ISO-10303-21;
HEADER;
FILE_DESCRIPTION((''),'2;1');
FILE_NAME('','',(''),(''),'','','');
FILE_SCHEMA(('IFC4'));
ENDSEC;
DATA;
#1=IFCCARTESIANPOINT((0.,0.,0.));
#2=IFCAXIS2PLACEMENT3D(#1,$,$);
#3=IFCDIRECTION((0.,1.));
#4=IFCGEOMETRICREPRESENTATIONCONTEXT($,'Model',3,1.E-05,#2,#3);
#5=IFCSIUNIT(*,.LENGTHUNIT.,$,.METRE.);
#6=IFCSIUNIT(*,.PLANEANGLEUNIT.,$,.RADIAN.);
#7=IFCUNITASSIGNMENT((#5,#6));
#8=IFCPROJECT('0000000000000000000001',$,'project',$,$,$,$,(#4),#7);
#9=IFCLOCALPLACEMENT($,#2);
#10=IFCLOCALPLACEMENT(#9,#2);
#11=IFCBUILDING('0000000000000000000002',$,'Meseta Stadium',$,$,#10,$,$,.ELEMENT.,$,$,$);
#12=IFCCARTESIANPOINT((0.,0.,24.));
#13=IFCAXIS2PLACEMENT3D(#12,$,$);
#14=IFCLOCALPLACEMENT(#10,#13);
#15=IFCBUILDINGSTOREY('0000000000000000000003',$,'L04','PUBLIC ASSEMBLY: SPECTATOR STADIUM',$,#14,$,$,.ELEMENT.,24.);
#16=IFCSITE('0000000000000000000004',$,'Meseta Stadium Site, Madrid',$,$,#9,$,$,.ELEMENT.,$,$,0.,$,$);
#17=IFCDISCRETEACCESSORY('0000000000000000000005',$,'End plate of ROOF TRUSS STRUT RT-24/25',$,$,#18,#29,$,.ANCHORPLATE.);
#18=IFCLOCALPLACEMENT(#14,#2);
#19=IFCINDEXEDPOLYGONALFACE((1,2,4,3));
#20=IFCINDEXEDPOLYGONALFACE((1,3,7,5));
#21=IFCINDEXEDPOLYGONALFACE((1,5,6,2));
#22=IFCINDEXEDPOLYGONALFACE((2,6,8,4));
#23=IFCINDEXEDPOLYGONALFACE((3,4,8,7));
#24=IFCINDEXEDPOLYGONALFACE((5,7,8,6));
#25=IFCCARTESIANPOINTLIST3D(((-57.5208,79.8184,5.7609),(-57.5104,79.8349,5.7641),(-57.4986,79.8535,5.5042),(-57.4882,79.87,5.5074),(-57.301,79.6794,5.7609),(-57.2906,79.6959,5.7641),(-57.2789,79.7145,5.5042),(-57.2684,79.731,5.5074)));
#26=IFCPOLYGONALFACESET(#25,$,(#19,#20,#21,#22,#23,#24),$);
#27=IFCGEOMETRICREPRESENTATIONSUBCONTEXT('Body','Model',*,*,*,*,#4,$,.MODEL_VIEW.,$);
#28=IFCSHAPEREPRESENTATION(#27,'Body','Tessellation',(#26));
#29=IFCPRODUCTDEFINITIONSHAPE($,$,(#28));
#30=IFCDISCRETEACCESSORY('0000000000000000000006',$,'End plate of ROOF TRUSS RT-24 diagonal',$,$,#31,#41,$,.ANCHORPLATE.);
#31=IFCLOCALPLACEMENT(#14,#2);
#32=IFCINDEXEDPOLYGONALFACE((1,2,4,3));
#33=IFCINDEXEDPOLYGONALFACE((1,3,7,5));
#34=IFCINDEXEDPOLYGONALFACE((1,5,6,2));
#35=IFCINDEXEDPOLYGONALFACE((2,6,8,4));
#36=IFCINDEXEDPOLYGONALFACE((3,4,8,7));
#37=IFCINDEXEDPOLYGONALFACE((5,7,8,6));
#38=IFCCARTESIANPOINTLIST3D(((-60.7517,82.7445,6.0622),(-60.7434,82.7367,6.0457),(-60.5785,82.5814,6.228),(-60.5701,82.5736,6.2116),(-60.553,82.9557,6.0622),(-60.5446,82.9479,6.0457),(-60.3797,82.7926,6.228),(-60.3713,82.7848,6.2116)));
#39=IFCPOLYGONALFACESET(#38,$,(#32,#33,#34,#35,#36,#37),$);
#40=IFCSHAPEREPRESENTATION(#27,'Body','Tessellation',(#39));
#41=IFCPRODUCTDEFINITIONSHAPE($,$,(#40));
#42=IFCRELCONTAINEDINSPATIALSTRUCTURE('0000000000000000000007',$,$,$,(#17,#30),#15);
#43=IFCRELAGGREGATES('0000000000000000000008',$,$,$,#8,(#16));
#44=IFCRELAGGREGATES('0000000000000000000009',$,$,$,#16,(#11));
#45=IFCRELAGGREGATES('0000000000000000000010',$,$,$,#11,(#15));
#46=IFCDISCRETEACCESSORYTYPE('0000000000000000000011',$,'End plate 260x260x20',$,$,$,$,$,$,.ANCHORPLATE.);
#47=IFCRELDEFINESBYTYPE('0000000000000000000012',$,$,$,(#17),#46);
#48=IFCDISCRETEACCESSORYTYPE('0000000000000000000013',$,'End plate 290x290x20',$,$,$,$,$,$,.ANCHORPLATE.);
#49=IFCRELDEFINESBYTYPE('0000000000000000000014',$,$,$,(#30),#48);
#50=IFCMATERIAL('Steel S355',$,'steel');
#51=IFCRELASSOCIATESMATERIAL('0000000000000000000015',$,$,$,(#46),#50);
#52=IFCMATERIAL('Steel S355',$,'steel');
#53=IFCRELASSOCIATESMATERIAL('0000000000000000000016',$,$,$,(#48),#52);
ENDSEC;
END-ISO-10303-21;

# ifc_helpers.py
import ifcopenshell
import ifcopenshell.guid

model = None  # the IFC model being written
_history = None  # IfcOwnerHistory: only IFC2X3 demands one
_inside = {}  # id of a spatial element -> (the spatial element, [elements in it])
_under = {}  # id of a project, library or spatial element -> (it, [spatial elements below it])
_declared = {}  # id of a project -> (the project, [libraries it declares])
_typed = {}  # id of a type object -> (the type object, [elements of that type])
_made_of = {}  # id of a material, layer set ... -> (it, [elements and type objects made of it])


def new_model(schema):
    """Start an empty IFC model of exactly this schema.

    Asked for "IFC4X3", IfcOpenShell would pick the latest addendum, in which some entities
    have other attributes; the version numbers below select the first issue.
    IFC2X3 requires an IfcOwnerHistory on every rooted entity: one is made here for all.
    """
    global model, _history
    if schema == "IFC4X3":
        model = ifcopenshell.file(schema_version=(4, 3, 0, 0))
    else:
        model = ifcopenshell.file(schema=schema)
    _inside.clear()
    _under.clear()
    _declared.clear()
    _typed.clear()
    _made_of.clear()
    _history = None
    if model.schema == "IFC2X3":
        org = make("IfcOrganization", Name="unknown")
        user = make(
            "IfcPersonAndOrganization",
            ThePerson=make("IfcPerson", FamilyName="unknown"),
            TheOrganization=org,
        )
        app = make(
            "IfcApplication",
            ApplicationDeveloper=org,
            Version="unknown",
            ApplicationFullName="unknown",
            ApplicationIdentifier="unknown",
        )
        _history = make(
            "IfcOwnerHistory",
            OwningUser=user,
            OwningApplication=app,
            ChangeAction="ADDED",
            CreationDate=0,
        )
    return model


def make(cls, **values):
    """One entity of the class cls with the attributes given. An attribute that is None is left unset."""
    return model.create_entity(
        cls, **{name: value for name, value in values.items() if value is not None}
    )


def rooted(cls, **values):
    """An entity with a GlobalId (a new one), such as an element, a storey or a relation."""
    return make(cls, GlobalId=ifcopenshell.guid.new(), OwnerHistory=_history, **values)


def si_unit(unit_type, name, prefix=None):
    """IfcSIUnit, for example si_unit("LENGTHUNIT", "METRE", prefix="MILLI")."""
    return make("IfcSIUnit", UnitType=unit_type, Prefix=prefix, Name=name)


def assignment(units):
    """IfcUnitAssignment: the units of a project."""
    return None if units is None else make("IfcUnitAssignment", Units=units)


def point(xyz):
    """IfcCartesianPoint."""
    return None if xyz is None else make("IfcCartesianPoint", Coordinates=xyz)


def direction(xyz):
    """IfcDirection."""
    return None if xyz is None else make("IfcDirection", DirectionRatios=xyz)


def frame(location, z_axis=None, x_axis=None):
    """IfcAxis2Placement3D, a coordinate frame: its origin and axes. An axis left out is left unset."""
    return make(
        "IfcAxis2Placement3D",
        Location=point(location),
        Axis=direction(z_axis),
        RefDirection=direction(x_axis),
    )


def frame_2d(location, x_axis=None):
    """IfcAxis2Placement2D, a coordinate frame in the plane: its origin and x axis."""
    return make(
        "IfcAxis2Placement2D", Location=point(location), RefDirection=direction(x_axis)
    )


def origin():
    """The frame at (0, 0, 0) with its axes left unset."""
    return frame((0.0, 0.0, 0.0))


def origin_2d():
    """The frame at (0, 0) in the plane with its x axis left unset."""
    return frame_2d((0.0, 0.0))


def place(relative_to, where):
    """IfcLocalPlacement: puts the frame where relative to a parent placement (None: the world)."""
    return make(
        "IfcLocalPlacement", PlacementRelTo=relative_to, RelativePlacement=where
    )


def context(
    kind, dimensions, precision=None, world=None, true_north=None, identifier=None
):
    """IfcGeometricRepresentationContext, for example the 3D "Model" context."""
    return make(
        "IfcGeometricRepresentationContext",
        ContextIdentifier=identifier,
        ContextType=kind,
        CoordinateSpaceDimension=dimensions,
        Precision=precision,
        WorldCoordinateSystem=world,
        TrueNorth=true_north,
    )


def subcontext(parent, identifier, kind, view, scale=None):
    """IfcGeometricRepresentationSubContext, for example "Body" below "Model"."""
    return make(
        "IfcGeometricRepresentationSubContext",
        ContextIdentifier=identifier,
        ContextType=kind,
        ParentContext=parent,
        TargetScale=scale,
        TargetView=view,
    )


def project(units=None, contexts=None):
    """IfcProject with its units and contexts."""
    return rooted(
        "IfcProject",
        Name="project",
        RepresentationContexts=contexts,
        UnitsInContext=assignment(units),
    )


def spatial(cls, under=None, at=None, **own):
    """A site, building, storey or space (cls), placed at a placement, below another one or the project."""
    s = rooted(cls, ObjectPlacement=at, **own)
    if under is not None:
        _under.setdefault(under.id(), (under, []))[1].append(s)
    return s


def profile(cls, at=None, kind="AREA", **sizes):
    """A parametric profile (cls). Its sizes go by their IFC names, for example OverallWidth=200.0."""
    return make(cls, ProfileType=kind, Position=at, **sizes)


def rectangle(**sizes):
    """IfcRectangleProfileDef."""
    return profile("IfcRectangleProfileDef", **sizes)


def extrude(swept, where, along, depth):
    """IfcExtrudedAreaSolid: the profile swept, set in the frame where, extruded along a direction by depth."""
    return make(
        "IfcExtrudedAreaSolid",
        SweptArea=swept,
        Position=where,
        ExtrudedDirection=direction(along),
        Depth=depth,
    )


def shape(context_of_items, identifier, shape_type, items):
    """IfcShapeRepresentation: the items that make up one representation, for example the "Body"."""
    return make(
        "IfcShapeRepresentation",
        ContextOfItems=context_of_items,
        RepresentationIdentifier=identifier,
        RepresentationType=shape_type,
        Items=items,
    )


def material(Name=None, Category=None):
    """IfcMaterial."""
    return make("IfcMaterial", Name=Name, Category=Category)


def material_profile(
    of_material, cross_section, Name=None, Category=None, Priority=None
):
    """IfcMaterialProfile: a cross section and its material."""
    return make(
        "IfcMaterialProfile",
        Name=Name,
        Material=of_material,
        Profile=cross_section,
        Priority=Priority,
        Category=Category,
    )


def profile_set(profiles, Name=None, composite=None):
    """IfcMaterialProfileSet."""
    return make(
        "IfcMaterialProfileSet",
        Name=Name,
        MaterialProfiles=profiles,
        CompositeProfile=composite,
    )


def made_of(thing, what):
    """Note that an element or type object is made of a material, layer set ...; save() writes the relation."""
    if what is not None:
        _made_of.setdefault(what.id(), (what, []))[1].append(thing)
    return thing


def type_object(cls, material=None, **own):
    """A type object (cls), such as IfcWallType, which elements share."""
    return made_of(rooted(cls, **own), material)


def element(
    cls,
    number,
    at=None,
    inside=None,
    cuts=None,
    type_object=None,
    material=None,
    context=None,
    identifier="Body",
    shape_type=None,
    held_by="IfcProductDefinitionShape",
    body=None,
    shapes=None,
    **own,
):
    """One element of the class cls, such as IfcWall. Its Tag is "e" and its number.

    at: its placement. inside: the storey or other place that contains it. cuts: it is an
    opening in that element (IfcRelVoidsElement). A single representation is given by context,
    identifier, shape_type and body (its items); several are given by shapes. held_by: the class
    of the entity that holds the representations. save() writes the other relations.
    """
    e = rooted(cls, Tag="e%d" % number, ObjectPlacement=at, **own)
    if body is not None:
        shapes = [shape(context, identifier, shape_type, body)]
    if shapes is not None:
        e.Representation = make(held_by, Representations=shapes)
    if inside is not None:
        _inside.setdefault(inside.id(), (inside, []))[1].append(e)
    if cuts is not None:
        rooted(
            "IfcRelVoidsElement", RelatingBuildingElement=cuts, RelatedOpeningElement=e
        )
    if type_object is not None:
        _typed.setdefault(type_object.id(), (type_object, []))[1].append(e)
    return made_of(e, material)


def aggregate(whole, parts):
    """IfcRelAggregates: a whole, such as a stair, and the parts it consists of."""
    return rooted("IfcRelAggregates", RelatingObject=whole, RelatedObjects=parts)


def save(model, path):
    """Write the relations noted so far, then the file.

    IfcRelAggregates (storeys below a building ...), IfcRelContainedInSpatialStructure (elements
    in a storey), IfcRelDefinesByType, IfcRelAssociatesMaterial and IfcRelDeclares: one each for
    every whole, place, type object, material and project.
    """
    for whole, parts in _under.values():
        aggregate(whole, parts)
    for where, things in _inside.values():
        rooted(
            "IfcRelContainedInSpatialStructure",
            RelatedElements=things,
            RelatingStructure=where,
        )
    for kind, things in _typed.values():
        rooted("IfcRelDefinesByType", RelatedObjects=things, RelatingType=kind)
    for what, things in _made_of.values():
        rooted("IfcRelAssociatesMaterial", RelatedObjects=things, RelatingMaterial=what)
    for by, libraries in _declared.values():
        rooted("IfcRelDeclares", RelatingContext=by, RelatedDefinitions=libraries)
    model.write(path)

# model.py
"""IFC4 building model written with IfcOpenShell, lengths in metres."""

from ifc_helpers import new_model, si_unit, direction, frame, origin, origin_2d, place, context, subcontext, project, spatial, rectangle, extrude, material, material_profile, profile_set, type_object, element, save


model = new_model("IFC4")

# Units and contexts
model_context = context("Model", 3, precision=1e-05, world=origin(), true_north=direction((0.0, 1.0)))
body_context = subcontext(model_context, "Body", "Model", "MODEL_VIEW")
ifc_project = project(units=[si_unit("LENGTHUNIT", "METRE"), si_unit("PLANEANGLEUNIT", "RADIAN")], contexts=[model_context])

# Site, building, storey
site_placement = place(None, origin())
site = spatial("IfcSite", under=ifc_project, at=site_placement, Name="Meseta Stadium Site, Madrid", CompositionType="ELEMENT", RefElevation=0.0)
building_placement = place(site_placement, origin())
building = spatial("IfcBuilding", under=site, at=building_placement, Name="Meseta Stadium", CompositionType="ELEMENT")
storey_placement = place(building_placement, frame((0.0, 0.0, 24.0)))
storey = spatial("IfcBuildingStorey", under=building, at=storey_placement, Name="L04", Description="PUBLIC ASSEMBLY: SPECTATOR STADIUM", CompositionType="ELEMENT", Elevation=24.0)

# Discrete accessories
ifc_material_1 = material(Name="Steel S355", Category="steel")
ifc_material_profile_1 = material_profile(ifc_material_1, rectangle(XDim=0.26, YDim=0.26, at=origin_2d()), Name="PL 260x260")
ifc_profile_set_1 = profile_set([ifc_material_profile_1], Name="Steel S355")
discrete_accessory_type_1 = type_object("IfcDiscreteAccessoryType", Name="End plate 260x260x20", PredefinedType="ANCHORPLATE", material=ifc_profile_set_1)
discrete_accessory_1_placement = place(storey_placement, frame((-57.3894, 79.783, 5.6357), z_axis=(-0.527617, -0.834372, -0.159512), x_axis=(0.845193, -0.534461, 0.0)))
element("IfcDiscreteAccessory", 1, at=discrete_accessory_1_placement, inside=storey, type_object=discrete_accessory_type_1, Name="End plate of ROOF TRUSS STRUT RT-24/25", PredefinedType="ANCHORPLATE", context=body_context, shape_type="SweptSolid", body=[
    extrude(rectangle(XDim=0.26, YDim=0.26, at=origin_2d()), origin(), (0.0, 0.0, 1.0), 0.0198),
])
ifc_material_2 = material(Name="Steel S355", Category="steel")
ifc_material_profile_2 = material_profile(ifc_material_2, rectangle(XDim=0.29, YDim=0.29, at=origin_2d()), Name="PL 290x290")
ifc_profile_set_2 = profile_set([ifc_material_profile_2], Name="Steel S355")
discrete_accessory_type_2 = type_object("IfcDiscreteAccessoryType", Name="End plate 290x290x20", PredefinedType="ANCHORPLATE", material=ifc_profile_set_2)
discrete_accessory_2_placement = place(storey_placement, frame((-60.5574, 82.7607, 6.1287), z_axis=(-0.41634, 0.39185, 0.820436), x_axis=(-0.685365, -0.7282, 0.0)))
element("IfcDiscreteAccessory", 2, at=discrete_accessory_2_placement, inside=storey, type_object=discrete_accessory_type_2, Name="End plate of ROOF TRUSS RT-24 diagonal", PredefinedType="ANCHORPLATE", context=body_context, shape_type="SweptSolid", body=[
    extrude(rectangle(XDim=0.29, YDim=0.29, at=origin_2d()), origin(), (0.0, 0.0, 1.0), 0.02),
])

save(model, "model.ifc")
